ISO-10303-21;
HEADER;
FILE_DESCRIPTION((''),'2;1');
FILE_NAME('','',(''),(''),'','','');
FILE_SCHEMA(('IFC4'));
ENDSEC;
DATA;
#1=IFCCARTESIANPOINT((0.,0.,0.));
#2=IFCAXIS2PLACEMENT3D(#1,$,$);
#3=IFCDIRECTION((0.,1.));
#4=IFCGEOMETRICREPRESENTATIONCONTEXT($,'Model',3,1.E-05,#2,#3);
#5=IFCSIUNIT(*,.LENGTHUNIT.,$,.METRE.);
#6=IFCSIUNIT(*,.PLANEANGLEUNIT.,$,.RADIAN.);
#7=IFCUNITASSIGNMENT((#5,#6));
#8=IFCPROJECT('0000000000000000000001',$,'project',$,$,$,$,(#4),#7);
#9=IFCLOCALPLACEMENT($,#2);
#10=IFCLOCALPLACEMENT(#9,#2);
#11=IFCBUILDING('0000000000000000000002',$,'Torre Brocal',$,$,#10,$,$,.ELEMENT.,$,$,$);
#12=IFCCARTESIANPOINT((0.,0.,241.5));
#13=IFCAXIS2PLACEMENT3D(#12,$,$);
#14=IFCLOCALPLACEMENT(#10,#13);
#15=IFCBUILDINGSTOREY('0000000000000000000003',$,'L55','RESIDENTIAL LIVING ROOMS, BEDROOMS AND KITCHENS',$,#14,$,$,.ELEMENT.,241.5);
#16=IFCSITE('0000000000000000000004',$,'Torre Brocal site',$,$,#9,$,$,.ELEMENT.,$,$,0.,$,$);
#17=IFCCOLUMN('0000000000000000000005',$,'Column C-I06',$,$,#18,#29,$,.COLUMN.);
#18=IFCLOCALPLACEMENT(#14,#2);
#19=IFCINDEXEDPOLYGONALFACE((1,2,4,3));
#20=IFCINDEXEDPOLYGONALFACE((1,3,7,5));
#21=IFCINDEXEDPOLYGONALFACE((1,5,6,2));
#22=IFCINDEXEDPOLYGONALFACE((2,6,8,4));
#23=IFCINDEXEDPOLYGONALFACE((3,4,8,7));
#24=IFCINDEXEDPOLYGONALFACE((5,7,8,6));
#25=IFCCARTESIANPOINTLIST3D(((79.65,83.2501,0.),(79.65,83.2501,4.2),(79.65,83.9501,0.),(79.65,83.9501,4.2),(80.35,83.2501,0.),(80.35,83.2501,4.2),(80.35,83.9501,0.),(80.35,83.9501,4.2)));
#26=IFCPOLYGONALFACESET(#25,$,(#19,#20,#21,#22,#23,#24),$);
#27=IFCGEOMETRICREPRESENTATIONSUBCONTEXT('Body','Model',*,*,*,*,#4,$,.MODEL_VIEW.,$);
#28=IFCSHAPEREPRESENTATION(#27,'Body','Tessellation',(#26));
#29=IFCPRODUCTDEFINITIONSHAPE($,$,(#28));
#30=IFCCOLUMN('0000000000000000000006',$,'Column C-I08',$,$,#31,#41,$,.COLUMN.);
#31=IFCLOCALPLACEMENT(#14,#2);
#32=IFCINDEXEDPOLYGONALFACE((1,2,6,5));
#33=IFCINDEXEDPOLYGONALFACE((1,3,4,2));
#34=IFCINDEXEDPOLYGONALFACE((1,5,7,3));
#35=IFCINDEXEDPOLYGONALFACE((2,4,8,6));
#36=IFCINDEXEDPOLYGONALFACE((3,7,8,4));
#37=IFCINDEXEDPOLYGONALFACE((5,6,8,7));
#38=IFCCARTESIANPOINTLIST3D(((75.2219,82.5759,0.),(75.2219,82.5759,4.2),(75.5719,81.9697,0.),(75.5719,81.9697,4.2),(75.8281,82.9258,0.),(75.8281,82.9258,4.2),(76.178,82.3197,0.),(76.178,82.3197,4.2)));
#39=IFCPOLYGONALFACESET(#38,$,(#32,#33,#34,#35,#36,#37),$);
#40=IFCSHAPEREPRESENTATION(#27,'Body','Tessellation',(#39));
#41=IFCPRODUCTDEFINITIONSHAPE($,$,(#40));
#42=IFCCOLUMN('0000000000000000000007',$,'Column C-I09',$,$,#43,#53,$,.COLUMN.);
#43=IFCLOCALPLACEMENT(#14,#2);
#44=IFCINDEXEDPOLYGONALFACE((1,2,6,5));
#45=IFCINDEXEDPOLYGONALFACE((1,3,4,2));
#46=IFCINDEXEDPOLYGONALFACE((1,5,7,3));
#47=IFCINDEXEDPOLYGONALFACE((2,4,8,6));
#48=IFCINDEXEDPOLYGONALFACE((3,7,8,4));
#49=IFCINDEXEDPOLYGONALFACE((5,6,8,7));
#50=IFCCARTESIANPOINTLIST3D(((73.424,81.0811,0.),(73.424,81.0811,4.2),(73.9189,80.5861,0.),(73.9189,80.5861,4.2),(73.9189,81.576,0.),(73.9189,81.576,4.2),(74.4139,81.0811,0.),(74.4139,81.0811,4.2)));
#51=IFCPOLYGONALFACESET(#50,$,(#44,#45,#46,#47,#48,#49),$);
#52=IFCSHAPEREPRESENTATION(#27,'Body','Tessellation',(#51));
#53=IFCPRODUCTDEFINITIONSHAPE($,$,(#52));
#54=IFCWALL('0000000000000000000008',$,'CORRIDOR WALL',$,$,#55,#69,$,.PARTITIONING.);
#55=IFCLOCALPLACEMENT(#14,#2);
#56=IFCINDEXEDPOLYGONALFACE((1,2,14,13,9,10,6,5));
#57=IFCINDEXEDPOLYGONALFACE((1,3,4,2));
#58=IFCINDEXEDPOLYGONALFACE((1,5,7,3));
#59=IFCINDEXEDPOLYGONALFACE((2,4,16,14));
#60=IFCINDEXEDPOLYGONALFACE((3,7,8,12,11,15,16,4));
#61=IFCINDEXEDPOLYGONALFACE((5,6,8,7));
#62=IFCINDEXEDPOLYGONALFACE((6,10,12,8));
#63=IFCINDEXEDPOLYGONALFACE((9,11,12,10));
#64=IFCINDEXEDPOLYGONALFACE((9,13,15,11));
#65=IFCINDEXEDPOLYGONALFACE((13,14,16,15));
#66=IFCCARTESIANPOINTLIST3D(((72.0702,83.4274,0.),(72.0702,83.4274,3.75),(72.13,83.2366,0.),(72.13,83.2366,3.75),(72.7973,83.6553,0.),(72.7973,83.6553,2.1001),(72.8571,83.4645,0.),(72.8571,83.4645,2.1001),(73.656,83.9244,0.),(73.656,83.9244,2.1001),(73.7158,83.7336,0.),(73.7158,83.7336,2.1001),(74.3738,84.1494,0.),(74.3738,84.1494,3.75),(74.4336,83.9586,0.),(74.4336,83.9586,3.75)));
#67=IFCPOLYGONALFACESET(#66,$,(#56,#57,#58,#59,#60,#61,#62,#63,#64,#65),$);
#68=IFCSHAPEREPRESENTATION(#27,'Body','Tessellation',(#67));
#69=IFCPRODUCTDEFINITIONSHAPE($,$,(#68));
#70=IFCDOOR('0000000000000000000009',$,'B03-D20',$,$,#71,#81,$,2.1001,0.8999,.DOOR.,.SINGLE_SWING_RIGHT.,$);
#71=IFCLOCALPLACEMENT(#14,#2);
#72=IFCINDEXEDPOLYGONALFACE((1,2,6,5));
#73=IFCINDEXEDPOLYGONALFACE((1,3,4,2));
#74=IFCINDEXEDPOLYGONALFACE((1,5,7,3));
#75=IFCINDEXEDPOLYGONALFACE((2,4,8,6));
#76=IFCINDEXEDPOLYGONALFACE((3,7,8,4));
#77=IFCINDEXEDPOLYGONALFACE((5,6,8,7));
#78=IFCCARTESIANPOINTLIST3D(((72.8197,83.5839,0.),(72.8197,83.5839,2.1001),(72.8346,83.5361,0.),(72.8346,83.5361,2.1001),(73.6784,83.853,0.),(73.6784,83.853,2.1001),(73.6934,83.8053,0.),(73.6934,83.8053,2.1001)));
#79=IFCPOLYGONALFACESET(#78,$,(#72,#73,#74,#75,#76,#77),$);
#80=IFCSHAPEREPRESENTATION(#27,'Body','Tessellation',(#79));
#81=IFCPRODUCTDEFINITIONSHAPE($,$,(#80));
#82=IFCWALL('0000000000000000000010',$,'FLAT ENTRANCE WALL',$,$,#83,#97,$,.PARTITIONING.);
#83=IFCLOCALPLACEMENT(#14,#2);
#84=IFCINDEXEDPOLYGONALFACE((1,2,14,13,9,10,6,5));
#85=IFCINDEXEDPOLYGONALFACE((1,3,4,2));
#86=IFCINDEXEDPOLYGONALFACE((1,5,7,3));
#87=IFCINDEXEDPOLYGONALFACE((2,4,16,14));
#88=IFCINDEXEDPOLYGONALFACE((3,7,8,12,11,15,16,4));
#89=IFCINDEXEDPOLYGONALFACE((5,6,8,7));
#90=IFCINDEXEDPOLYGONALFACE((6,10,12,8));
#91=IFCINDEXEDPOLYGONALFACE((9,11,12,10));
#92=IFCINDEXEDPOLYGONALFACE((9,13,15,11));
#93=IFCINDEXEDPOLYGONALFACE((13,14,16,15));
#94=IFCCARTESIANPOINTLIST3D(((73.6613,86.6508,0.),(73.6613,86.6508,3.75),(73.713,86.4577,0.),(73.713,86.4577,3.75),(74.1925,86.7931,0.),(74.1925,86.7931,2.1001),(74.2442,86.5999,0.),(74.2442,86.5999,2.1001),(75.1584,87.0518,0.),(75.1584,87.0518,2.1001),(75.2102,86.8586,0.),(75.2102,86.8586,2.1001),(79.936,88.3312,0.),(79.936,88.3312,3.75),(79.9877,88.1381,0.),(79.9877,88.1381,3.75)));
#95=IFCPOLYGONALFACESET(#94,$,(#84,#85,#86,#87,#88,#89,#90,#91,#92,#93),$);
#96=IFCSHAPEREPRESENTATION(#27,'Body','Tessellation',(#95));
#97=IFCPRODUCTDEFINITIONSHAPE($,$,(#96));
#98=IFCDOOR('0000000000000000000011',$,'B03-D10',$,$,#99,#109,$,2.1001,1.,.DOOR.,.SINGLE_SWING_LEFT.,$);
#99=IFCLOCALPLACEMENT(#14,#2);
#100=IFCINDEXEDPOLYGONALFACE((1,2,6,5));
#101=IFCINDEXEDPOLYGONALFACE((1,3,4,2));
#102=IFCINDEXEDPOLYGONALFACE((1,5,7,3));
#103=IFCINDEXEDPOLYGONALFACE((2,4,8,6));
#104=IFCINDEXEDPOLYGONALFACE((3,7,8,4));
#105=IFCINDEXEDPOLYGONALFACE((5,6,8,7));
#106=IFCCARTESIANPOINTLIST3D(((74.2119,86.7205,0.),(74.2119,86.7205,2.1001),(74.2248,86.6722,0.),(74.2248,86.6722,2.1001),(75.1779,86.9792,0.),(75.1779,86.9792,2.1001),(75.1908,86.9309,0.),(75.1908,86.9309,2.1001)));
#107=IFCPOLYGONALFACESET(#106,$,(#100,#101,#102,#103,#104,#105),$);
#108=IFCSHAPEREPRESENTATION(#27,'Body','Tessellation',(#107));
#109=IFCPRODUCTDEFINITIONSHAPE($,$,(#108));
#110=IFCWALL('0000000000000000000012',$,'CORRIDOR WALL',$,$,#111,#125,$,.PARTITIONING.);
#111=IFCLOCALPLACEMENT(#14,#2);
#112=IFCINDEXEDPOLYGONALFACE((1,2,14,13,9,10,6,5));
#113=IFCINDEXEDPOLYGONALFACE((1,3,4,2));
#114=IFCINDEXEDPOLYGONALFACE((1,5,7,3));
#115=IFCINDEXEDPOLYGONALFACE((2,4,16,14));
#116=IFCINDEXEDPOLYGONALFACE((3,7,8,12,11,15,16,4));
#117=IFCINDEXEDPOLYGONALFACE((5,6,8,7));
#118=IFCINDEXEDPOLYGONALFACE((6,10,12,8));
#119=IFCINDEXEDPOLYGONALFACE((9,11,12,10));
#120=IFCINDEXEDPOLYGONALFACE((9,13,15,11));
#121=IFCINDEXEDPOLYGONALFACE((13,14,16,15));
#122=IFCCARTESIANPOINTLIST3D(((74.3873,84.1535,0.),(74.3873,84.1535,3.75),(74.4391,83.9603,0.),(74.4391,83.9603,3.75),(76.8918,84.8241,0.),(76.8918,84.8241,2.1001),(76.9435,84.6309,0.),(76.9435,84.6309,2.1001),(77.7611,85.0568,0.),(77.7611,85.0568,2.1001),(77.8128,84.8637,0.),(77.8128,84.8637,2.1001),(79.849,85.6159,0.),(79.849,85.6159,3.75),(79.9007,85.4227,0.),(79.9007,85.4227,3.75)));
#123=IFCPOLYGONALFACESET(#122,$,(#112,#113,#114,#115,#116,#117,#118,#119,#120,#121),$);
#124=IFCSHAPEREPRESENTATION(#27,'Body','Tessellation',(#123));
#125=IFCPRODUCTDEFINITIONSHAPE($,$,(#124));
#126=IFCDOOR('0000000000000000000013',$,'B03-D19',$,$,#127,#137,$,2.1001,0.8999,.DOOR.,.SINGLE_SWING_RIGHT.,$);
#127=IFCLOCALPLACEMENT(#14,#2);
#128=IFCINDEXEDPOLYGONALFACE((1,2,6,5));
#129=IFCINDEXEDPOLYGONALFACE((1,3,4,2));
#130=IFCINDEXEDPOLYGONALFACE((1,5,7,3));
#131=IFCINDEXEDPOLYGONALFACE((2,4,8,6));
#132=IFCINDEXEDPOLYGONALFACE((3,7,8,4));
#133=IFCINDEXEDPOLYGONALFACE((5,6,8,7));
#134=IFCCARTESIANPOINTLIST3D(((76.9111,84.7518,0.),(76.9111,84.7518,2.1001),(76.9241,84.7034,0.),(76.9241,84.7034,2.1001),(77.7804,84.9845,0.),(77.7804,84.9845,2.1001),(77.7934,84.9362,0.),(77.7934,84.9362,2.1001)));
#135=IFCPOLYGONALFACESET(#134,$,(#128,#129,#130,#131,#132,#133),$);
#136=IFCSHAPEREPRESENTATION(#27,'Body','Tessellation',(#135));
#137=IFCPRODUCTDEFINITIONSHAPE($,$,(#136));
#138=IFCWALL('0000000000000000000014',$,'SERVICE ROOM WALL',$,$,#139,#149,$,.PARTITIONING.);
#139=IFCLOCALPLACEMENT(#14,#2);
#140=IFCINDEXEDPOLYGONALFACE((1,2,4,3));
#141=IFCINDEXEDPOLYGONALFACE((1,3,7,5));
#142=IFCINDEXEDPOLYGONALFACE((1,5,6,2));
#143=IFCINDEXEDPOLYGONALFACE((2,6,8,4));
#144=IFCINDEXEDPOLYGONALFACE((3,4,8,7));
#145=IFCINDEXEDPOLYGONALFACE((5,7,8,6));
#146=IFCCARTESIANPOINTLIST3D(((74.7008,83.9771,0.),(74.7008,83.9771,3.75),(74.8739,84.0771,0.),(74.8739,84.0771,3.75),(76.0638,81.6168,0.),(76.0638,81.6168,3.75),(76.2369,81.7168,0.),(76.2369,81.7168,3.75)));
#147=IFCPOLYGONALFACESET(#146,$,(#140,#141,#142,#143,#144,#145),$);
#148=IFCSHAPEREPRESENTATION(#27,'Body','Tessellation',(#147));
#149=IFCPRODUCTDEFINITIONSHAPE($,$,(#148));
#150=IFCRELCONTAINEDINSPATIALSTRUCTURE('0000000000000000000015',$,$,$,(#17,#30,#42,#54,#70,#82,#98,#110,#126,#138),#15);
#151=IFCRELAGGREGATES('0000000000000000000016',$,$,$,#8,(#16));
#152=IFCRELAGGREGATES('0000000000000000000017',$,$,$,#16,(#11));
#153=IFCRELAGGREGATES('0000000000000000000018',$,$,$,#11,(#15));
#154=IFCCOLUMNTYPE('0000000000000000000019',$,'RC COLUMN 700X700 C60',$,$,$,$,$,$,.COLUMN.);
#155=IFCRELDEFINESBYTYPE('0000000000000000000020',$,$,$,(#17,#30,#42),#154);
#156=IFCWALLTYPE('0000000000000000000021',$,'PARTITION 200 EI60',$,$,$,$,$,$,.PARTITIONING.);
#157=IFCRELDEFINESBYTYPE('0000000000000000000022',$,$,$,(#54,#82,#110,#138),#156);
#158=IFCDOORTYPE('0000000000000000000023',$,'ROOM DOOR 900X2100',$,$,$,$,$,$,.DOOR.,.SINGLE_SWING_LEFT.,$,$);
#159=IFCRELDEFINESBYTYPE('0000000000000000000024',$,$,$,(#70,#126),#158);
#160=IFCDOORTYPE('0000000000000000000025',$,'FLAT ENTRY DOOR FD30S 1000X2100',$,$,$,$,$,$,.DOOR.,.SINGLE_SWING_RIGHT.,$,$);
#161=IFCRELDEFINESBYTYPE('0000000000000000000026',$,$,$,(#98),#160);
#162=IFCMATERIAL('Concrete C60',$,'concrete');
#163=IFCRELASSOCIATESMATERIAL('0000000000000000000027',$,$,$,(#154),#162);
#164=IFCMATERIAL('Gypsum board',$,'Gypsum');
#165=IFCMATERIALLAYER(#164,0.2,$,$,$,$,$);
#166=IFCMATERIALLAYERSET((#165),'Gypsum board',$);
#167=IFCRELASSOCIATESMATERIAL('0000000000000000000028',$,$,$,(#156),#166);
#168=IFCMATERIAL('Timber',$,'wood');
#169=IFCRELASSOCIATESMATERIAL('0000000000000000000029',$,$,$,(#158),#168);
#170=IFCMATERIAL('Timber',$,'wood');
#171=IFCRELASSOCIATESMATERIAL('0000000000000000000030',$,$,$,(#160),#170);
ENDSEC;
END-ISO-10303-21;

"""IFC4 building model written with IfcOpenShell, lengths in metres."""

from ifc_helpers import new_model, si_unit, direction, frame, frame_2d, origin, origin_2d, place, context, subcontext, project, spatial, rectangle, extrude, material, layer, layer_set, material_profile, profile_set, type_object, element, fill, save


model = new_model("IFC4")

# Units and contexts
model_context = context("Model", 3, precision=1e-05, world=origin(), true_north=direction((0.0, 1.0)))
body_context = subcontext(model_context, "Body", "Model", "MODEL_VIEW")
ifc_project = project(units=[si_unit("LENGTHUNIT", "METRE"), si_unit("PLANEANGLEUNIT", "RADIAN")], contexts=[model_context])

# Site, building, storey
site_placement = place(None, origin())
site = spatial("IfcSite", under=ifc_project, at=site_placement, Name="Torre Brocal site", CompositionType="ELEMENT", RefElevation=0.0)
building_placement = place(site_placement, origin())
building = spatial("IfcBuilding", under=site, at=building_placement, Name="Torre Brocal", CompositionType="ELEMENT")
storey_placement = place(building_placement, frame((0.0, 0.0, 241.5)))
storey = spatial("IfcBuildingStorey", under=building, at=storey_placement, Name="L55", Description="RESIDENTIAL LIVING ROOMS, BEDROOMS AND KITCHENS", CompositionType="ELEMENT", Elevation=241.5)

# Columns
ifc_material_1 = material(Name="Concrete C60", Category="concrete")
ifc_material_profile = material_profile(ifc_material_1, rectangle(XDim=0.7, YDim=0.7, at=origin_2d()), Name="RC 700X700")
ifc_profile_set = profile_set([ifc_material_profile], Name="Concrete C60")
column_type = type_object("IfcColumnType", Name="RC COLUMN 700X700 C60", PredefinedType="COLUMN", material=ifc_profile_set)
for number, where, z_axis, x_axis, name in (
    (1, (80.0, 83.6001, 0.0), (0.0, 0.0, 1.0), (0.0, 1.0, 0.0), "Column C-I06"),
    (2, (75.7, 82.4478, 0.0), (0.0, 0.0, 1.0), (-0.5, 0.866025, 0.0), "Column C-I08"),
    (3, (73.9189, 81.0811, 0.0), (0.0, 0.0, 1.0), (-0.707107, 0.707107, 0.0), "Column C-I09"),
):
    element("IfcColumn", number, at=place(storey_placement, frame(where, z_axis=z_axis, x_axis=x_axis)), inside=storey, type_object=column_type, Name=name, PredefinedType="COLUMN", context=body_context, shape_type="SweptSolid", body=[
        extrude(rectangle(XDim=0.7, YDim=0.7, at=origin_2d()), origin(), (0.0, 0.0, 1.0), 4.2),
    ])

# Walls, openings, doors
ifc_material_2 = material(Name="Gypsum board", Category="Gypsum")
ifc_layer_1 = layer(ifc_material_2, 0.2)
ifc_layer_set_1 = layer_set([ifc_layer_1], Name="Gypsum board")
wall_type_1 = type_object("IfcWallType", Name="PARTITION 200 EI60", PredefinedType="PARTITIONING", material=ifc_layer_set_1)
wall_1_placement = place(storey_placement, frame((72.1001, 83.332, 0.0), z_axis=(0.0, 0.0, 1.0), x_axis=(0.954233, 0.299064, 0.0)))
wall_1 = element("IfcWall", 4, at=wall_1_placement, inside=storey, type_object=wall_type_1, Name="CORRIDOR WALL", PredefinedType="PARTITIONING", context=body_context, shape_type="SweptSolid", body=[
    extrude(rectangle(XDim=2.4141, YDim=0.2, at=frame_2d((1.207, 0.0))), origin(), (0.0, 0.0, 1.0), 3.75),
])
opening_1_placement = place(wall_1_placement, frame((0.762, 0.0, 0.0)))
opening_1 = element("IfcOpeningElement", 5, at=opening_1_placement, cuts=wall_1, PredefinedType="OPENING", context=body_context, shape_type="SweptSolid", body=[
    extrude(rectangle(XDim=0.8999, YDim=2.1001, at=frame_2d((0.45, 1.05))), frame((0.0, 0.1099, 0.0), z_axis=(0.0, -1.0, 0.0), x_axis=(1.0, 0.0, 0.0)), (0.0, 0.0, 1.0), 0.22),
])
ifc_material_3 = material(Name="Timber", Category="wood")
door_type_1 = type_object("IfcDoorType", Name="ROOM DOOR 900X2100", OperationType="SINGLE_SWING_LEFT", PredefinedType="DOOR", material=ifc_material_3)
door_1_placement = place(opening_1_placement, frame((0.8999, 0.0, 0.0), z_axis=(0.0, 0.0, 1.0), x_axis=(-1.0, 0.0, 0.0)))
door_1 = element("IfcDoor", 6, at=door_1_placement, inside=storey, type_object=door_type_1, Name="B03-D20", OperationType="SINGLE_SWING_RIGHT", OverallHeight=2.1001, OverallWidth=0.8999, PredefinedType="DOOR", context=body_context, shape_type="SweptSolid", body=[
    extrude(rectangle(XDim=0.8999, YDim=2.1001, at=frame_2d((0.45, 1.05))), frame((0.0, 0.0249, 0.0), z_axis=(0.0, -1.0, 0.0), x_axis=(1.0, 0.0, 0.0)), (0.0, 0.0, 1.0), 0.05),
])
fill(opening_1, door_1)
wall_2_placement = place(storey_placement, frame((73.687, 86.5542, 0.0), z_axis=(0.0, 0.0, 1.0), x_axis=(0.965959, 0.258694, 0.0)))
wall_2 = element("IfcWall", 7, at=wall_2_placement, inside=storey, type_object=wall_type_1, Name="FLAT ENTRANCE WALL", PredefinedType="PARTITIONING", context=body_context, shape_type="SweptSolid", body=[
    extrude(rectangle(XDim=6.4958, YDim=0.2, at=frame_2d((3.248, 0.0))), origin(), (0.0, 0.0, 1.0), 3.75),
])
opening_2_placement = place(wall_2_placement, frame((0.55, 0.0, 0.0)))
opening_2 = element("IfcOpeningElement", 8, at=opening_2_placement, cuts=wall_2, PredefinedType="OPENING", context=body_context, shape_type="SweptSolid", body=[
    extrude(rectangle(XDim=1.0, YDim=2.1001, at=frame_2d((0.5, 1.05))), frame((0.0, 0.1099, 0.0), z_axis=(0.0, -1.0, 0.0), x_axis=(1.0, 0.0, 0.0)), (0.0, 0.0, 1.0), 0.22),
])
ifc_material_4 = material(Name="Timber", Category="wood")
door_type_2 = type_object("IfcDoorType", Name="FLAT ENTRY DOOR FD30S 1000X2100", OperationType="SINGLE_SWING_RIGHT", PredefinedType="DOOR", material=ifc_material_4)
door_2_placement = place(opening_2_placement, origin())
door_2 = element("IfcDoor", 9, at=door_2_placement, inside=storey, type_object=door_type_2, Name="B03-D10", OperationType="SINGLE_SWING_LEFT", OverallHeight=2.1001, OverallWidth=1.0, PredefinedType="DOOR", context=body_context, shape_type="SweptSolid", body=[
    extrude(rectangle(XDim=1.0, YDim=2.1001, at=frame_2d((0.5, 1.05))), frame((0.0, 0.0249, 0.0), z_axis=(0.0, -1.0, 0.0), x_axis=(1.0, 0.0, 0.0)), (0.0, 0.0, 1.0), 0.05),
])
fill(opening_2, door_2)
wall_3_placement = place(storey_placement, frame((74.4131, 84.0569, 0.0), z_axis=(0.0, 0.0, 1.0), x_axis=(0.965972, 0.258646, 0.0)))
wall_3 = element("IfcWall", 10, at=wall_3_placement, inside=storey, type_object=wall_type_1, Name="CORRIDOR WALL", PredefinedType="PARTITIONING", context=body_context, shape_type="SweptSolid", body=[
    extrude(rectangle(XDim=5.6541, YDim=0.2, at=frame_2d((2.8271, 0.0))), origin(), (0.0, 0.0, 1.0), 3.75),
])
opening_3_placement = place(wall_3_placement, frame((2.5928, 0.0, 0.0)))
opening_3 = element("IfcOpeningElement", 11, at=opening_3_placement, cuts=wall_3, PredefinedType="OPENING", context=body_context, shape_type="SweptSolid", body=[
    extrude(rectangle(XDim=0.8999, YDim=2.1001, at=frame_2d((0.45, 1.05))), frame((0.0, 0.1099, 0.0), z_axis=(0.0, -1.0, 0.0), x_axis=(1.0, 0.0, 0.0)), (0.0, 0.0, 1.0), 0.22),
])
door_3_placement = place(opening_3_placement, frame((0.8999, 0.0, 0.0), z_axis=(0.0, 0.0, 1.0), x_axis=(-1.0, 0.0, 0.0)))
door_3 = element("IfcDoor", 12, at=door_3_placement, inside=storey, type_object=door_type_1, Name="B03-D19", OperationType="SINGLE_SWING_RIGHT", OverallHeight=2.1001, OverallWidth=0.8999, PredefinedType="DOOR", context=body_context, shape_type="SweptSolid", body=[
    extrude(rectangle(XDim=0.8999, YDim=2.1001, at=frame_2d((0.45, 1.05))), frame((0.0, 0.0249, 0.0), z_axis=(0.0, -1.0, 0.0), x_axis=(1.0, 0.0, 0.0)), (0.0, 0.0, 1.0), 0.05),
])
fill(opening_3, door_3)

# Wall
wall_4_placement = place(storey_placement, frame((74.7874, 84.0271, 0.0), z_axis=(0.0, 0.0, 1.0), x_axis=(0.500079, -0.86598, 0.0)))
element("IfcWall", 13, at=wall_4_placement, inside=storey, type_object=wall_type_1, Name="SERVICE ROOM WALL", PredefinedType="PARTITIONING", context=body_context, shape_type="SweptSolid", body=[
    extrude(rectangle(XDim=2.7256, YDim=0.2, at=frame_2d((1.3628, 0.0))), origin(), (0.0, 0.0, 1.0), 3.75),
])

save(model, "model.ifc")
